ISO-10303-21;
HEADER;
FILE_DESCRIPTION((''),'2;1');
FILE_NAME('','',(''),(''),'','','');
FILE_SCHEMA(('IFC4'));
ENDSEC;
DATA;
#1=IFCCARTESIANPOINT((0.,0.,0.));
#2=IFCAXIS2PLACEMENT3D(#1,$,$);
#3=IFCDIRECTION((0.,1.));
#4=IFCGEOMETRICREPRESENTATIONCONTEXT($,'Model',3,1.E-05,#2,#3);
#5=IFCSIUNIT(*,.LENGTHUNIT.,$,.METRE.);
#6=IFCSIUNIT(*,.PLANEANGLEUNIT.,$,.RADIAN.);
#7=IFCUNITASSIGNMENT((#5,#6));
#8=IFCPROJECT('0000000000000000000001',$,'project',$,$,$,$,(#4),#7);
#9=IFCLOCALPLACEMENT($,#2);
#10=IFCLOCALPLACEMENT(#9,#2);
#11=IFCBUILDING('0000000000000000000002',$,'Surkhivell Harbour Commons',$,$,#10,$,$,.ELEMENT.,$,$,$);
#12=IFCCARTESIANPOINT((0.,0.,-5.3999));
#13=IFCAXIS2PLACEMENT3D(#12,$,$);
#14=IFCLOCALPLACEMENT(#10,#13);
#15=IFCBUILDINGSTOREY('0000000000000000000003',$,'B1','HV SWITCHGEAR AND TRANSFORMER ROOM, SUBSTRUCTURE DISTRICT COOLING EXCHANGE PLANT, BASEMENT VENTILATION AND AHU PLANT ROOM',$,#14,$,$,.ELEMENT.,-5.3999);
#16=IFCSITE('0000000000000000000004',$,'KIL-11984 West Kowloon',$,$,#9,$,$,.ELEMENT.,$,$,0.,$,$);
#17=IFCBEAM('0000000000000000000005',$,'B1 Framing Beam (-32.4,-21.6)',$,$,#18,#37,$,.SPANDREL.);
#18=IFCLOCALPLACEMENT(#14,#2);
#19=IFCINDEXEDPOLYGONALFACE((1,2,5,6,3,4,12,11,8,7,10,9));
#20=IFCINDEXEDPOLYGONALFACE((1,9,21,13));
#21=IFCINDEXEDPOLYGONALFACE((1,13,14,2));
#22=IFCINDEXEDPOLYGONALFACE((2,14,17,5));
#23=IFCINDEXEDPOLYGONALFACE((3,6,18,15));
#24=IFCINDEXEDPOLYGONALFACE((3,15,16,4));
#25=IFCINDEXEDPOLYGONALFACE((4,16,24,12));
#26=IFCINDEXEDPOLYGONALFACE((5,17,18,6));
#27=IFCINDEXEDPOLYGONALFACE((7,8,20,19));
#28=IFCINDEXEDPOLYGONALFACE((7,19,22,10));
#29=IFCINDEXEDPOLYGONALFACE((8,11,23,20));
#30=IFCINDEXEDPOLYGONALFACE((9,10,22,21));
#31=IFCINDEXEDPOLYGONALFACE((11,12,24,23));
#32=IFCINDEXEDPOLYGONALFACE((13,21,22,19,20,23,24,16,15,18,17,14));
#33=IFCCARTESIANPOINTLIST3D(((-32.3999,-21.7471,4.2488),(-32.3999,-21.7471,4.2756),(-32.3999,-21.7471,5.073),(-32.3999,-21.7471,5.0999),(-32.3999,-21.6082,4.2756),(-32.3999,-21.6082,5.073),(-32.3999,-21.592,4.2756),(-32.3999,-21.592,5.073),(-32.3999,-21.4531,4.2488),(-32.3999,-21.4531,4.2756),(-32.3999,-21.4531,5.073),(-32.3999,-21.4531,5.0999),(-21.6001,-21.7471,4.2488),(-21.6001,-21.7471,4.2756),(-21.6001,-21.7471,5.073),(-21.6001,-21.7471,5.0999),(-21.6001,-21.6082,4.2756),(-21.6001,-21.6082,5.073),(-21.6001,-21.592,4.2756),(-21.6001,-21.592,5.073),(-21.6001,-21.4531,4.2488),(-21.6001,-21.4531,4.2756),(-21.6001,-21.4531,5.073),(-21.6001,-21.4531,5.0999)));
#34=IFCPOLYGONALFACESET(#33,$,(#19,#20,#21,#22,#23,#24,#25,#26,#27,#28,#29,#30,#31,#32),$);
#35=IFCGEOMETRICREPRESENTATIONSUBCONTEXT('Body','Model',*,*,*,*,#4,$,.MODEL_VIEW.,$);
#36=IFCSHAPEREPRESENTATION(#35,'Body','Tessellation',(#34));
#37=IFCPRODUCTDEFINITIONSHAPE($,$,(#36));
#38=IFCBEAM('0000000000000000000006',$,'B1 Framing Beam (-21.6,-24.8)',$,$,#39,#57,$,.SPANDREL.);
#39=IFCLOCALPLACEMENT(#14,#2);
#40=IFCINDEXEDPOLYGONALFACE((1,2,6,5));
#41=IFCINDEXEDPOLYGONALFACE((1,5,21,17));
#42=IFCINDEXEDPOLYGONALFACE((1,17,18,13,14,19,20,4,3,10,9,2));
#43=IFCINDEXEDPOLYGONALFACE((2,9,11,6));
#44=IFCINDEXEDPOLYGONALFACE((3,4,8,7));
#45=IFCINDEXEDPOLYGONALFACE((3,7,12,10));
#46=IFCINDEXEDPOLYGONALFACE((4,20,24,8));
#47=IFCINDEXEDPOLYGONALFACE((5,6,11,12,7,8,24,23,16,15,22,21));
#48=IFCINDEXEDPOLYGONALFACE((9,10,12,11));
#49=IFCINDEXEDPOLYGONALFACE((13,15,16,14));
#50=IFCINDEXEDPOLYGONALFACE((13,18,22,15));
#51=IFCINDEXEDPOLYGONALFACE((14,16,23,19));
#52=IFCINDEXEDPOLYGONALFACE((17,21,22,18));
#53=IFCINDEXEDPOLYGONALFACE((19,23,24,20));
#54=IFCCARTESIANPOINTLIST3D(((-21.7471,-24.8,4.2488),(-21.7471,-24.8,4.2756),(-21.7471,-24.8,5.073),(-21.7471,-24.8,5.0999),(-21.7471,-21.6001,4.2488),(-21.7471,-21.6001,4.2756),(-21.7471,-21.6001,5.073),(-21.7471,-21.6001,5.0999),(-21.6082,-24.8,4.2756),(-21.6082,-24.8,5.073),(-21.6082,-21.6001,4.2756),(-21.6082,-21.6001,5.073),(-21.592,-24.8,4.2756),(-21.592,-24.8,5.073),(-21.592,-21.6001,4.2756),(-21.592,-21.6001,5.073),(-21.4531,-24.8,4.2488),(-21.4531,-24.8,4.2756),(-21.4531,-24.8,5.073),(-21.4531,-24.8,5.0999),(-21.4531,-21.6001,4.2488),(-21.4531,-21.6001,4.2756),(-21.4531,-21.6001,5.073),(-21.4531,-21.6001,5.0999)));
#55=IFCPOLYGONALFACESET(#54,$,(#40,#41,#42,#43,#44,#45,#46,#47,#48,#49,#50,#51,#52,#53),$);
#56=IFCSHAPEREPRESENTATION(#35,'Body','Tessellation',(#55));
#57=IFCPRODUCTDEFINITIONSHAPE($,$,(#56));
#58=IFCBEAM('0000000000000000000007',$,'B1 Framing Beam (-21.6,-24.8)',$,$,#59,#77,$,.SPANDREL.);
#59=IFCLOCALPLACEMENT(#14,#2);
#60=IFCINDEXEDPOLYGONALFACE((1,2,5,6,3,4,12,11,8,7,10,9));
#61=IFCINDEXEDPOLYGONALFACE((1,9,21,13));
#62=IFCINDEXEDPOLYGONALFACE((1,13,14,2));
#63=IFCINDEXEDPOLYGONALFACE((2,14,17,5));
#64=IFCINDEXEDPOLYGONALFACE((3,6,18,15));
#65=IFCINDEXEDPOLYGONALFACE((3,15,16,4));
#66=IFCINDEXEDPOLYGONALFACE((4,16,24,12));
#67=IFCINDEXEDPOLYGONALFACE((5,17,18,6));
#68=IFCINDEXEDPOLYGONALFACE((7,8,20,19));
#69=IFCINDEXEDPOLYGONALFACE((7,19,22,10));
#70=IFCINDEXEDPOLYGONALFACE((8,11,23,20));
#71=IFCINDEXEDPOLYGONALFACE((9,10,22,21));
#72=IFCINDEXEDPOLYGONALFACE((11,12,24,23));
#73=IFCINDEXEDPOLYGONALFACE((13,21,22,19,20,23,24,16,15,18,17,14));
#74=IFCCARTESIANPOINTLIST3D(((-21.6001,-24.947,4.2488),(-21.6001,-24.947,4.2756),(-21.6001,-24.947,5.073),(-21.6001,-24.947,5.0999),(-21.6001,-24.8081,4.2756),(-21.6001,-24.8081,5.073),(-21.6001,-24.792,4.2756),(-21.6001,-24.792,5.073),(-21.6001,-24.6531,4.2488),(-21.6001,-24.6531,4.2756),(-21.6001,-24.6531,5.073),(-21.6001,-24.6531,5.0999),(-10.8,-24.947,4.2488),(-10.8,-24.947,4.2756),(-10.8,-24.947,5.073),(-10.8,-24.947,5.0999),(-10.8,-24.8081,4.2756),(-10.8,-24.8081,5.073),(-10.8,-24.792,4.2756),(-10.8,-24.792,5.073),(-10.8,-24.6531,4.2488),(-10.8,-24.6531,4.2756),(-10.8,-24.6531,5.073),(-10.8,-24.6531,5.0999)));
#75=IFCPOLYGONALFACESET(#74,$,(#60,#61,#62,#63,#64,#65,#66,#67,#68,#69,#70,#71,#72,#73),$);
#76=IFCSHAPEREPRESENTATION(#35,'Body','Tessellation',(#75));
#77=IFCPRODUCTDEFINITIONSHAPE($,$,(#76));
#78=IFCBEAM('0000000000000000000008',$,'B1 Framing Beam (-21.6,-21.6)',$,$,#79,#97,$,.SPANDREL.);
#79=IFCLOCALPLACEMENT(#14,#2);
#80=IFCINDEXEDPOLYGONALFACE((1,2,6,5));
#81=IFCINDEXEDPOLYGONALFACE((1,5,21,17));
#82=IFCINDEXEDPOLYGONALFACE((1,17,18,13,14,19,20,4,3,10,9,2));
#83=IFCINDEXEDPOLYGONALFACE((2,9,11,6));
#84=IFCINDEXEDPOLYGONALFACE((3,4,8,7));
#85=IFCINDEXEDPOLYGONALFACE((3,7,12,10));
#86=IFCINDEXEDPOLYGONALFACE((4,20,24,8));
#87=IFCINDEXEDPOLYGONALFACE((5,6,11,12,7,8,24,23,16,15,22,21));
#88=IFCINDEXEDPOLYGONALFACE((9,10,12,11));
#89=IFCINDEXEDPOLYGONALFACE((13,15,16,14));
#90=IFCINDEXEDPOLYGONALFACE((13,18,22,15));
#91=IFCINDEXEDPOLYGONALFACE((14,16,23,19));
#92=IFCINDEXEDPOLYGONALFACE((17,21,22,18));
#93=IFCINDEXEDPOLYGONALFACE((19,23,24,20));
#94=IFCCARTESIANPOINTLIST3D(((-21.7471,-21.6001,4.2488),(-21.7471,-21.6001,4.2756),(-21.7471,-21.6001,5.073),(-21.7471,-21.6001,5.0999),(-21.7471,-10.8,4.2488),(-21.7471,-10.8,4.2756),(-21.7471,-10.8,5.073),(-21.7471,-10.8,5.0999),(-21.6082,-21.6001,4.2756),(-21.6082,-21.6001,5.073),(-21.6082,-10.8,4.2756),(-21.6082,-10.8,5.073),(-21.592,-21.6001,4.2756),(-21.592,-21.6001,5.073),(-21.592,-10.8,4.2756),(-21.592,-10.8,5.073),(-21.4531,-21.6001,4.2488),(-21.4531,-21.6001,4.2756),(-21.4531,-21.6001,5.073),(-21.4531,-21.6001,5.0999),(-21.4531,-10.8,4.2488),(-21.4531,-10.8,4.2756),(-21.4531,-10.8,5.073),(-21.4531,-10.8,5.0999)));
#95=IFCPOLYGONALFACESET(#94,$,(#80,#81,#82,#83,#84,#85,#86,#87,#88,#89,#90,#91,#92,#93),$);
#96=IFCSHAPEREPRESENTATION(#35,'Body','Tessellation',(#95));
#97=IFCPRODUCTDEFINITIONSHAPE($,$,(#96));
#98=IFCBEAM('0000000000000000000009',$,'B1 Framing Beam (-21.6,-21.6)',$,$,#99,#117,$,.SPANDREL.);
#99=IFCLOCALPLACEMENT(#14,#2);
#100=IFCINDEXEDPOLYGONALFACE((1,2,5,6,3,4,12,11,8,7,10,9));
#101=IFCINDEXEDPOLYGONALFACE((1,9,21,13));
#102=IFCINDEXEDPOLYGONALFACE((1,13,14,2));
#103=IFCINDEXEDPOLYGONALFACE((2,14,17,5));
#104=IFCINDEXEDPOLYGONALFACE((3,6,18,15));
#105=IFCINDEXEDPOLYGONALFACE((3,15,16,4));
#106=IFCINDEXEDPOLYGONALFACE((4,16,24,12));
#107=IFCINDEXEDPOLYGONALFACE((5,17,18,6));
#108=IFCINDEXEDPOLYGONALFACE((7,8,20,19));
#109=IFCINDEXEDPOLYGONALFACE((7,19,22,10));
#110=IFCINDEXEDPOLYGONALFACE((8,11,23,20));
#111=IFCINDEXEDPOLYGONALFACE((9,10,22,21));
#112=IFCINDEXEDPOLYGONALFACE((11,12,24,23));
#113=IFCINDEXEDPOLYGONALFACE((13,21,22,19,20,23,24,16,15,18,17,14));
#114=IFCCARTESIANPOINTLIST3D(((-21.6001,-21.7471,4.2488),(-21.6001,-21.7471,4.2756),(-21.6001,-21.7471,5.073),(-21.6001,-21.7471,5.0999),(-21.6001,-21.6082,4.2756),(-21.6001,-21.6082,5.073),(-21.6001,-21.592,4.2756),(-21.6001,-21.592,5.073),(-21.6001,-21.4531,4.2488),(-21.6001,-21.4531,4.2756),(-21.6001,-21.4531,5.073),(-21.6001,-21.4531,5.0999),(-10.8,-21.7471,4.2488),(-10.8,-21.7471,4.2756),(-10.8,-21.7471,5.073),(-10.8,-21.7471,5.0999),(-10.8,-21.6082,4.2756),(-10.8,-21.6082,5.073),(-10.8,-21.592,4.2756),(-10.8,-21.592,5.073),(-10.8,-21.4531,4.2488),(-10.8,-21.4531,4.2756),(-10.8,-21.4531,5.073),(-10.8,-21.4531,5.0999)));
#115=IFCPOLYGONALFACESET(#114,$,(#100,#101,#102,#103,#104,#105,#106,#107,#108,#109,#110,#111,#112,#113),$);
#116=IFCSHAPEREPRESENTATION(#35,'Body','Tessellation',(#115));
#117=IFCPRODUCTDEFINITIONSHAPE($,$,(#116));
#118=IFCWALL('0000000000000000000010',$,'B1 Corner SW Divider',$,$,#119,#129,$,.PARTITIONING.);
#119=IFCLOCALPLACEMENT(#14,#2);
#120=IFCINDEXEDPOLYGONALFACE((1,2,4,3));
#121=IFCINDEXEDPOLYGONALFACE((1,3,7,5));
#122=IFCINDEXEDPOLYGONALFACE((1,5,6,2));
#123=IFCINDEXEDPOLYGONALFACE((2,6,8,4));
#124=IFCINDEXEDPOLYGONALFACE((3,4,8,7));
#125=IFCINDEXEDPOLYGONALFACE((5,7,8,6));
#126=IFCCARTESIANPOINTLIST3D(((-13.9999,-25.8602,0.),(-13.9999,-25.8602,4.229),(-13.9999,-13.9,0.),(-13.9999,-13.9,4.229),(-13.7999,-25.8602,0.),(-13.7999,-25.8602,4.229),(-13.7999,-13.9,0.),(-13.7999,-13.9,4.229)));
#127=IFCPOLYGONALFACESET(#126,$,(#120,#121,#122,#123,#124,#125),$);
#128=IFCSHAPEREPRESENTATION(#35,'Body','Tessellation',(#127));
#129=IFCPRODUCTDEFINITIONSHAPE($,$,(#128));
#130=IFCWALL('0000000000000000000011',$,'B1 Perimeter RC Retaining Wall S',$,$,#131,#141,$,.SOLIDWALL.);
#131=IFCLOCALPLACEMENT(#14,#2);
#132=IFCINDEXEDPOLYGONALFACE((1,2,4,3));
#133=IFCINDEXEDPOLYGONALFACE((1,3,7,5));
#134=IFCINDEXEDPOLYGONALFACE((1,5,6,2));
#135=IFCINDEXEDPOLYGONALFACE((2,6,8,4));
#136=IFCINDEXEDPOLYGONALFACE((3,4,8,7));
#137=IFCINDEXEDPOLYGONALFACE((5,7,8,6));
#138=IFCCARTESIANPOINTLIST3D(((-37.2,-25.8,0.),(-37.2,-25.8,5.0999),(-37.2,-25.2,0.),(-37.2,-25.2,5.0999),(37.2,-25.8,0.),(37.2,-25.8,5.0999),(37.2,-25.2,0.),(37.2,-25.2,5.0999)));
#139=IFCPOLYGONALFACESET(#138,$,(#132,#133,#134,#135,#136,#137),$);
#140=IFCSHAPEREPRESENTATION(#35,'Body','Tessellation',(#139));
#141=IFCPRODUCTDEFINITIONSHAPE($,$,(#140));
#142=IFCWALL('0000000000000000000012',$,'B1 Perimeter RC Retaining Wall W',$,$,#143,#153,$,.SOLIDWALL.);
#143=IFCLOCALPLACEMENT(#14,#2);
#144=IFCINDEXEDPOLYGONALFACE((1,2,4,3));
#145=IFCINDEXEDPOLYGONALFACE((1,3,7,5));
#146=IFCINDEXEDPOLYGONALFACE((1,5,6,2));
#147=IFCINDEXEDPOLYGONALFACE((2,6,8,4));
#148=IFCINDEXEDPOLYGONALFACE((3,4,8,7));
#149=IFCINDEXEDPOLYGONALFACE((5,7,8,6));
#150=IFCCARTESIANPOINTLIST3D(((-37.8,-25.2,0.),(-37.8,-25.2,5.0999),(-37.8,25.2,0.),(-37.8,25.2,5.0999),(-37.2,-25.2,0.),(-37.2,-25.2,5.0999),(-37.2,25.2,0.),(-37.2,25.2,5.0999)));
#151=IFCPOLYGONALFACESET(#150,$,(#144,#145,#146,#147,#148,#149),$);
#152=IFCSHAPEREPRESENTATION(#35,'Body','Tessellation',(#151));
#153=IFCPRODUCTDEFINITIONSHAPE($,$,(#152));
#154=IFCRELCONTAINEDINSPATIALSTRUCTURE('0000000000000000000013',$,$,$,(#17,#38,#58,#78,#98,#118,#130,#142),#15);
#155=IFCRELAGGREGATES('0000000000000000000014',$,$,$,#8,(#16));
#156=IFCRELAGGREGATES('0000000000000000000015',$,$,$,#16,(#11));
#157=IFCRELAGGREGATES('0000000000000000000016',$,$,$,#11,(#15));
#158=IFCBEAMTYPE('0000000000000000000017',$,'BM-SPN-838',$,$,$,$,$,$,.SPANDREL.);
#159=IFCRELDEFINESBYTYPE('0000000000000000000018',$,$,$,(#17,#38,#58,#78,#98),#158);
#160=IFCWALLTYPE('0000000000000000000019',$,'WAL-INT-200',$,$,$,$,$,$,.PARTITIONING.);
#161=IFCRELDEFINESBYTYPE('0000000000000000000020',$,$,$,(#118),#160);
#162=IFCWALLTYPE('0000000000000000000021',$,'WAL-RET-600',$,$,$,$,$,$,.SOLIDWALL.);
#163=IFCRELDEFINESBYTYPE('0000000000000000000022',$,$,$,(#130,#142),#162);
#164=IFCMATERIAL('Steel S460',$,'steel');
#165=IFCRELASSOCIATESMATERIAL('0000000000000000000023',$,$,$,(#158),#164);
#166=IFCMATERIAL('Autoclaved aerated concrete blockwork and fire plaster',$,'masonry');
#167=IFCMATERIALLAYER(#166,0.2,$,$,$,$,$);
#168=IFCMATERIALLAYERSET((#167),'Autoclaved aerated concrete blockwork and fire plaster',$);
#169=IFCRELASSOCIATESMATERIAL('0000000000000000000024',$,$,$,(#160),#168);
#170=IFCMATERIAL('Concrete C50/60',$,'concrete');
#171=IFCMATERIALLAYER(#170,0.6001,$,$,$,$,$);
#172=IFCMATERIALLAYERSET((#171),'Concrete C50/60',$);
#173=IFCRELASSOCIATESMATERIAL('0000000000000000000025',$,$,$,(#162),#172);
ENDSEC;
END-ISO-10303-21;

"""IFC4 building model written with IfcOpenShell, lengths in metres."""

from ifc_helpers import new_model, si_unit, direction, frame, frame_2d, origin, origin_2d, place, context, subcontext, project, spatial, rectangle, i_section, extrude, material, layer, layer_set, material_profile, profile_set, type_object, element, save


model = new_model("IFC4")

# Units and contexts
model_context = context("Model", 3, precision=1e-05, world=origin(), true_north=direction((0.0, 1.0)))
body_context = subcontext(model_context, "Body", "Model", "MODEL_VIEW")
ifc_project = project(units=[si_unit("LENGTHUNIT", "METRE"), si_unit("PLANEANGLEUNIT", "RADIAN")], contexts=[model_context])

# Site, building, storey
site_placement = place(None, origin())
site = spatial("IfcSite", under=ifc_project, at=site_placement, Name="KIL-11984 West Kowloon", CompositionType="ELEMENT", RefElevation=0.0)
building_placement = place(site_placement, origin())
building = spatial("IfcBuilding", under=site, at=building_placement, Name="Surkhivell Harbour Commons", CompositionType="ELEMENT")
storey_placement = place(building_placement, frame((0.0, 0.0, -5.3999)))
storey = spatial("IfcBuildingStorey", under=building, at=storey_placement, Name="B1", Description="HV SWITCHGEAR AND TRANSFORMER ROOM, SUBSTRUCTURE DISTRICT COOLING EXCHANGE PLANT, BASEMENT VENTILATION AND AHU PLANT ROOM", CompositionType="ELEMENT", Elevation=-5.3999)

# Shared definitions
ifc_material_1 = material(Name="Concrete C50/60", Category="concrete")

# Beams
ifc_material_2 = material(Name="Steel S460", Category="steel")
ifc_material_profile_1 = material_profile(ifc_material_2, i_section(OverallWidth=0.2939, OverallDepth=0.8511, WebThickness=0.0161, FlangeThickness=0.0269, at=origin_2d()), Name="UB838x292x226")
ifc_profile_set_1 = profile_set([ifc_material_profile_1], Name="Steel S460")
beam_type = type_object("IfcBeamType", Name="BM-SPN-838", PredefinedType="SPANDREL", material=ifc_profile_set_1)
beam_1_placement = place(storey_placement, frame((-32.3999, -21.6001, 4.6743), z_axis=(1.0, 0.0, 0.0), x_axis=(0.0, 1.0, 0.0)))
element("IfcBeam", 1, at=beam_1_placement, inside=storey, type_object=beam_type, Name="B1 Framing Beam (-32.4,-21.6)", PredefinedType="SPANDREL", context=body_context, shape_type="SweptSolid", body=[
    extrude(i_section(OverallWidth=0.2939, OverallDepth=0.8511, WebThickness=0.0161, FlangeThickness=0.0269, at=origin_2d()), origin(), (0.0, 0.0, 1.0), 10.7998),
])
beam_2_placement = place(storey_placement, frame((-21.6001, -24.8, 4.6743), z_axis=(0.0, 1.0, 0.0), x_axis=(-1.0, 0.0, 0.0)))
element("IfcBeam", 2, at=beam_2_placement, inside=storey, type_object=beam_type, Name="B1 Framing Beam (-21.6,-24.8)", PredefinedType="SPANDREL", context=body_context, shape_type="SweptSolid", body=[
    extrude(i_section(OverallWidth=0.2939, OverallDepth=0.8511, WebThickness=0.0161, FlangeThickness=0.0269, at=origin_2d()), origin(), (0.0, 0.0, 1.0), 3.2),
])
for number, where, z_axis, x_axis, name in (
    (3, (-21.6001, -24.8, 4.6743), (1.0, 0.0, 0.0), (0.0, 1.0, 0.0), "B1 Framing Beam (-21.6,-24.8)"),
    (4, (-21.6001, -21.6001, 4.6743), (0.0, 1.0, 0.0), (-1.0, 0.0, 0.0), "B1 Framing Beam (-21.6,-21.6)"),
    (5, (-21.6001, -21.6001, 4.6743), (1.0, 0.0, 0.0), (0.0, 1.0, 0.0), "B1 Framing Beam (-21.6,-21.6)"),
):
    element("IfcBeam", number, at=place(storey_placement, frame(where, z_axis=z_axis, x_axis=x_axis)), inside=storey, type_object=beam_type, Name=name, PredefinedType="SPANDREL", context=body_context, shape_type="SweptSolid", body=[
        extrude(i_section(OverallWidth=0.2939, OverallDepth=0.8511, WebThickness=0.0161, FlangeThickness=0.0269, at=origin_2d()), origin(), (0.0, 0.0, 1.0), 10.8),
    ])

# Walls
ifc_material_3 = material(Name="Autoclaved aerated concrete blockwork and fire plaster", Category="masonry")
ifc_layer_1 = layer(ifc_material_3, 0.2)
ifc_layer_set_1 = layer_set([ifc_layer_1], Name="Autoclaved aerated concrete blockwork and fire plaster")
wall_type_1 = type_object("IfcWallType", Name="WAL-INT-200", PredefinedType="PARTITIONING", material=ifc_layer_set_1)
wall_1_placement = place(storey_placement, frame((-13.8999, -25.8601, 0.0), z_axis=(0.0, 0.0, 1.0), x_axis=(0.0, 1.0, 0.0)))
element("IfcWall", 6, at=wall_1_placement, inside=storey, type_object=wall_type_1, Name="B1 Corner SW Divider", PredefinedType="PARTITIONING", context=body_context, shape_type="SweptSolid", body=[
    extrude(rectangle(XDim=11.9602, YDim=0.2, at=frame_2d((5.98, 0.0))), origin(), (0.0, 0.0, 1.0), 4.229),
])
ifc_layer_2 = layer(ifc_material_1, 0.6001)
ifc_layer_set_2 = layer_set([ifc_layer_2], Name="Concrete C50/60")
wall_type_2 = type_object("IfcWallType", Name="WAL-RET-600", PredefinedType="SOLIDWALL", material=ifc_layer_set_2)
wall_2_placement = place(storey_placement, frame((-37.2, -25.5, 0.0), z_axis=(0.0, 0.0, 1.0), x_axis=(1.0, 0.0, 0.0)))
element("IfcWall", 7, at=wall_2_placement, inside=storey, type_object=wall_type_2, Name="B1 Perimeter RC Retaining Wall S", PredefinedType="SOLIDWALL", context=body_context, shape_type="SweptSolid", body=[
    extrude(rectangle(XDim=74.3999, YDim=0.6001, at=frame_2d((37.2, 0.0))), origin(), (0.0, 0.0, 1.0), 5.0999),
])
wall_3_placement = place(storey_placement, frame((-37.5, -25.2, 0.0), z_axis=(0.0, 0.0, 1.0), x_axis=(0.0, 1.0, 0.0)))
element("IfcWall", 8, at=wall_3_placement, inside=storey, type_object=wall_type_2, Name="B1 Perimeter RC Retaining Wall W", PredefinedType="SOLIDWALL", context=body_context, shape_type="SweptSolid", body=[
    extrude(rectangle(XDim=50.3999, YDim=0.6001, at=frame_2d((25.2, 0.0))), origin(), (0.0, 0.0, 1.0), 5.0999),
])

save(model, "model.ifc")
